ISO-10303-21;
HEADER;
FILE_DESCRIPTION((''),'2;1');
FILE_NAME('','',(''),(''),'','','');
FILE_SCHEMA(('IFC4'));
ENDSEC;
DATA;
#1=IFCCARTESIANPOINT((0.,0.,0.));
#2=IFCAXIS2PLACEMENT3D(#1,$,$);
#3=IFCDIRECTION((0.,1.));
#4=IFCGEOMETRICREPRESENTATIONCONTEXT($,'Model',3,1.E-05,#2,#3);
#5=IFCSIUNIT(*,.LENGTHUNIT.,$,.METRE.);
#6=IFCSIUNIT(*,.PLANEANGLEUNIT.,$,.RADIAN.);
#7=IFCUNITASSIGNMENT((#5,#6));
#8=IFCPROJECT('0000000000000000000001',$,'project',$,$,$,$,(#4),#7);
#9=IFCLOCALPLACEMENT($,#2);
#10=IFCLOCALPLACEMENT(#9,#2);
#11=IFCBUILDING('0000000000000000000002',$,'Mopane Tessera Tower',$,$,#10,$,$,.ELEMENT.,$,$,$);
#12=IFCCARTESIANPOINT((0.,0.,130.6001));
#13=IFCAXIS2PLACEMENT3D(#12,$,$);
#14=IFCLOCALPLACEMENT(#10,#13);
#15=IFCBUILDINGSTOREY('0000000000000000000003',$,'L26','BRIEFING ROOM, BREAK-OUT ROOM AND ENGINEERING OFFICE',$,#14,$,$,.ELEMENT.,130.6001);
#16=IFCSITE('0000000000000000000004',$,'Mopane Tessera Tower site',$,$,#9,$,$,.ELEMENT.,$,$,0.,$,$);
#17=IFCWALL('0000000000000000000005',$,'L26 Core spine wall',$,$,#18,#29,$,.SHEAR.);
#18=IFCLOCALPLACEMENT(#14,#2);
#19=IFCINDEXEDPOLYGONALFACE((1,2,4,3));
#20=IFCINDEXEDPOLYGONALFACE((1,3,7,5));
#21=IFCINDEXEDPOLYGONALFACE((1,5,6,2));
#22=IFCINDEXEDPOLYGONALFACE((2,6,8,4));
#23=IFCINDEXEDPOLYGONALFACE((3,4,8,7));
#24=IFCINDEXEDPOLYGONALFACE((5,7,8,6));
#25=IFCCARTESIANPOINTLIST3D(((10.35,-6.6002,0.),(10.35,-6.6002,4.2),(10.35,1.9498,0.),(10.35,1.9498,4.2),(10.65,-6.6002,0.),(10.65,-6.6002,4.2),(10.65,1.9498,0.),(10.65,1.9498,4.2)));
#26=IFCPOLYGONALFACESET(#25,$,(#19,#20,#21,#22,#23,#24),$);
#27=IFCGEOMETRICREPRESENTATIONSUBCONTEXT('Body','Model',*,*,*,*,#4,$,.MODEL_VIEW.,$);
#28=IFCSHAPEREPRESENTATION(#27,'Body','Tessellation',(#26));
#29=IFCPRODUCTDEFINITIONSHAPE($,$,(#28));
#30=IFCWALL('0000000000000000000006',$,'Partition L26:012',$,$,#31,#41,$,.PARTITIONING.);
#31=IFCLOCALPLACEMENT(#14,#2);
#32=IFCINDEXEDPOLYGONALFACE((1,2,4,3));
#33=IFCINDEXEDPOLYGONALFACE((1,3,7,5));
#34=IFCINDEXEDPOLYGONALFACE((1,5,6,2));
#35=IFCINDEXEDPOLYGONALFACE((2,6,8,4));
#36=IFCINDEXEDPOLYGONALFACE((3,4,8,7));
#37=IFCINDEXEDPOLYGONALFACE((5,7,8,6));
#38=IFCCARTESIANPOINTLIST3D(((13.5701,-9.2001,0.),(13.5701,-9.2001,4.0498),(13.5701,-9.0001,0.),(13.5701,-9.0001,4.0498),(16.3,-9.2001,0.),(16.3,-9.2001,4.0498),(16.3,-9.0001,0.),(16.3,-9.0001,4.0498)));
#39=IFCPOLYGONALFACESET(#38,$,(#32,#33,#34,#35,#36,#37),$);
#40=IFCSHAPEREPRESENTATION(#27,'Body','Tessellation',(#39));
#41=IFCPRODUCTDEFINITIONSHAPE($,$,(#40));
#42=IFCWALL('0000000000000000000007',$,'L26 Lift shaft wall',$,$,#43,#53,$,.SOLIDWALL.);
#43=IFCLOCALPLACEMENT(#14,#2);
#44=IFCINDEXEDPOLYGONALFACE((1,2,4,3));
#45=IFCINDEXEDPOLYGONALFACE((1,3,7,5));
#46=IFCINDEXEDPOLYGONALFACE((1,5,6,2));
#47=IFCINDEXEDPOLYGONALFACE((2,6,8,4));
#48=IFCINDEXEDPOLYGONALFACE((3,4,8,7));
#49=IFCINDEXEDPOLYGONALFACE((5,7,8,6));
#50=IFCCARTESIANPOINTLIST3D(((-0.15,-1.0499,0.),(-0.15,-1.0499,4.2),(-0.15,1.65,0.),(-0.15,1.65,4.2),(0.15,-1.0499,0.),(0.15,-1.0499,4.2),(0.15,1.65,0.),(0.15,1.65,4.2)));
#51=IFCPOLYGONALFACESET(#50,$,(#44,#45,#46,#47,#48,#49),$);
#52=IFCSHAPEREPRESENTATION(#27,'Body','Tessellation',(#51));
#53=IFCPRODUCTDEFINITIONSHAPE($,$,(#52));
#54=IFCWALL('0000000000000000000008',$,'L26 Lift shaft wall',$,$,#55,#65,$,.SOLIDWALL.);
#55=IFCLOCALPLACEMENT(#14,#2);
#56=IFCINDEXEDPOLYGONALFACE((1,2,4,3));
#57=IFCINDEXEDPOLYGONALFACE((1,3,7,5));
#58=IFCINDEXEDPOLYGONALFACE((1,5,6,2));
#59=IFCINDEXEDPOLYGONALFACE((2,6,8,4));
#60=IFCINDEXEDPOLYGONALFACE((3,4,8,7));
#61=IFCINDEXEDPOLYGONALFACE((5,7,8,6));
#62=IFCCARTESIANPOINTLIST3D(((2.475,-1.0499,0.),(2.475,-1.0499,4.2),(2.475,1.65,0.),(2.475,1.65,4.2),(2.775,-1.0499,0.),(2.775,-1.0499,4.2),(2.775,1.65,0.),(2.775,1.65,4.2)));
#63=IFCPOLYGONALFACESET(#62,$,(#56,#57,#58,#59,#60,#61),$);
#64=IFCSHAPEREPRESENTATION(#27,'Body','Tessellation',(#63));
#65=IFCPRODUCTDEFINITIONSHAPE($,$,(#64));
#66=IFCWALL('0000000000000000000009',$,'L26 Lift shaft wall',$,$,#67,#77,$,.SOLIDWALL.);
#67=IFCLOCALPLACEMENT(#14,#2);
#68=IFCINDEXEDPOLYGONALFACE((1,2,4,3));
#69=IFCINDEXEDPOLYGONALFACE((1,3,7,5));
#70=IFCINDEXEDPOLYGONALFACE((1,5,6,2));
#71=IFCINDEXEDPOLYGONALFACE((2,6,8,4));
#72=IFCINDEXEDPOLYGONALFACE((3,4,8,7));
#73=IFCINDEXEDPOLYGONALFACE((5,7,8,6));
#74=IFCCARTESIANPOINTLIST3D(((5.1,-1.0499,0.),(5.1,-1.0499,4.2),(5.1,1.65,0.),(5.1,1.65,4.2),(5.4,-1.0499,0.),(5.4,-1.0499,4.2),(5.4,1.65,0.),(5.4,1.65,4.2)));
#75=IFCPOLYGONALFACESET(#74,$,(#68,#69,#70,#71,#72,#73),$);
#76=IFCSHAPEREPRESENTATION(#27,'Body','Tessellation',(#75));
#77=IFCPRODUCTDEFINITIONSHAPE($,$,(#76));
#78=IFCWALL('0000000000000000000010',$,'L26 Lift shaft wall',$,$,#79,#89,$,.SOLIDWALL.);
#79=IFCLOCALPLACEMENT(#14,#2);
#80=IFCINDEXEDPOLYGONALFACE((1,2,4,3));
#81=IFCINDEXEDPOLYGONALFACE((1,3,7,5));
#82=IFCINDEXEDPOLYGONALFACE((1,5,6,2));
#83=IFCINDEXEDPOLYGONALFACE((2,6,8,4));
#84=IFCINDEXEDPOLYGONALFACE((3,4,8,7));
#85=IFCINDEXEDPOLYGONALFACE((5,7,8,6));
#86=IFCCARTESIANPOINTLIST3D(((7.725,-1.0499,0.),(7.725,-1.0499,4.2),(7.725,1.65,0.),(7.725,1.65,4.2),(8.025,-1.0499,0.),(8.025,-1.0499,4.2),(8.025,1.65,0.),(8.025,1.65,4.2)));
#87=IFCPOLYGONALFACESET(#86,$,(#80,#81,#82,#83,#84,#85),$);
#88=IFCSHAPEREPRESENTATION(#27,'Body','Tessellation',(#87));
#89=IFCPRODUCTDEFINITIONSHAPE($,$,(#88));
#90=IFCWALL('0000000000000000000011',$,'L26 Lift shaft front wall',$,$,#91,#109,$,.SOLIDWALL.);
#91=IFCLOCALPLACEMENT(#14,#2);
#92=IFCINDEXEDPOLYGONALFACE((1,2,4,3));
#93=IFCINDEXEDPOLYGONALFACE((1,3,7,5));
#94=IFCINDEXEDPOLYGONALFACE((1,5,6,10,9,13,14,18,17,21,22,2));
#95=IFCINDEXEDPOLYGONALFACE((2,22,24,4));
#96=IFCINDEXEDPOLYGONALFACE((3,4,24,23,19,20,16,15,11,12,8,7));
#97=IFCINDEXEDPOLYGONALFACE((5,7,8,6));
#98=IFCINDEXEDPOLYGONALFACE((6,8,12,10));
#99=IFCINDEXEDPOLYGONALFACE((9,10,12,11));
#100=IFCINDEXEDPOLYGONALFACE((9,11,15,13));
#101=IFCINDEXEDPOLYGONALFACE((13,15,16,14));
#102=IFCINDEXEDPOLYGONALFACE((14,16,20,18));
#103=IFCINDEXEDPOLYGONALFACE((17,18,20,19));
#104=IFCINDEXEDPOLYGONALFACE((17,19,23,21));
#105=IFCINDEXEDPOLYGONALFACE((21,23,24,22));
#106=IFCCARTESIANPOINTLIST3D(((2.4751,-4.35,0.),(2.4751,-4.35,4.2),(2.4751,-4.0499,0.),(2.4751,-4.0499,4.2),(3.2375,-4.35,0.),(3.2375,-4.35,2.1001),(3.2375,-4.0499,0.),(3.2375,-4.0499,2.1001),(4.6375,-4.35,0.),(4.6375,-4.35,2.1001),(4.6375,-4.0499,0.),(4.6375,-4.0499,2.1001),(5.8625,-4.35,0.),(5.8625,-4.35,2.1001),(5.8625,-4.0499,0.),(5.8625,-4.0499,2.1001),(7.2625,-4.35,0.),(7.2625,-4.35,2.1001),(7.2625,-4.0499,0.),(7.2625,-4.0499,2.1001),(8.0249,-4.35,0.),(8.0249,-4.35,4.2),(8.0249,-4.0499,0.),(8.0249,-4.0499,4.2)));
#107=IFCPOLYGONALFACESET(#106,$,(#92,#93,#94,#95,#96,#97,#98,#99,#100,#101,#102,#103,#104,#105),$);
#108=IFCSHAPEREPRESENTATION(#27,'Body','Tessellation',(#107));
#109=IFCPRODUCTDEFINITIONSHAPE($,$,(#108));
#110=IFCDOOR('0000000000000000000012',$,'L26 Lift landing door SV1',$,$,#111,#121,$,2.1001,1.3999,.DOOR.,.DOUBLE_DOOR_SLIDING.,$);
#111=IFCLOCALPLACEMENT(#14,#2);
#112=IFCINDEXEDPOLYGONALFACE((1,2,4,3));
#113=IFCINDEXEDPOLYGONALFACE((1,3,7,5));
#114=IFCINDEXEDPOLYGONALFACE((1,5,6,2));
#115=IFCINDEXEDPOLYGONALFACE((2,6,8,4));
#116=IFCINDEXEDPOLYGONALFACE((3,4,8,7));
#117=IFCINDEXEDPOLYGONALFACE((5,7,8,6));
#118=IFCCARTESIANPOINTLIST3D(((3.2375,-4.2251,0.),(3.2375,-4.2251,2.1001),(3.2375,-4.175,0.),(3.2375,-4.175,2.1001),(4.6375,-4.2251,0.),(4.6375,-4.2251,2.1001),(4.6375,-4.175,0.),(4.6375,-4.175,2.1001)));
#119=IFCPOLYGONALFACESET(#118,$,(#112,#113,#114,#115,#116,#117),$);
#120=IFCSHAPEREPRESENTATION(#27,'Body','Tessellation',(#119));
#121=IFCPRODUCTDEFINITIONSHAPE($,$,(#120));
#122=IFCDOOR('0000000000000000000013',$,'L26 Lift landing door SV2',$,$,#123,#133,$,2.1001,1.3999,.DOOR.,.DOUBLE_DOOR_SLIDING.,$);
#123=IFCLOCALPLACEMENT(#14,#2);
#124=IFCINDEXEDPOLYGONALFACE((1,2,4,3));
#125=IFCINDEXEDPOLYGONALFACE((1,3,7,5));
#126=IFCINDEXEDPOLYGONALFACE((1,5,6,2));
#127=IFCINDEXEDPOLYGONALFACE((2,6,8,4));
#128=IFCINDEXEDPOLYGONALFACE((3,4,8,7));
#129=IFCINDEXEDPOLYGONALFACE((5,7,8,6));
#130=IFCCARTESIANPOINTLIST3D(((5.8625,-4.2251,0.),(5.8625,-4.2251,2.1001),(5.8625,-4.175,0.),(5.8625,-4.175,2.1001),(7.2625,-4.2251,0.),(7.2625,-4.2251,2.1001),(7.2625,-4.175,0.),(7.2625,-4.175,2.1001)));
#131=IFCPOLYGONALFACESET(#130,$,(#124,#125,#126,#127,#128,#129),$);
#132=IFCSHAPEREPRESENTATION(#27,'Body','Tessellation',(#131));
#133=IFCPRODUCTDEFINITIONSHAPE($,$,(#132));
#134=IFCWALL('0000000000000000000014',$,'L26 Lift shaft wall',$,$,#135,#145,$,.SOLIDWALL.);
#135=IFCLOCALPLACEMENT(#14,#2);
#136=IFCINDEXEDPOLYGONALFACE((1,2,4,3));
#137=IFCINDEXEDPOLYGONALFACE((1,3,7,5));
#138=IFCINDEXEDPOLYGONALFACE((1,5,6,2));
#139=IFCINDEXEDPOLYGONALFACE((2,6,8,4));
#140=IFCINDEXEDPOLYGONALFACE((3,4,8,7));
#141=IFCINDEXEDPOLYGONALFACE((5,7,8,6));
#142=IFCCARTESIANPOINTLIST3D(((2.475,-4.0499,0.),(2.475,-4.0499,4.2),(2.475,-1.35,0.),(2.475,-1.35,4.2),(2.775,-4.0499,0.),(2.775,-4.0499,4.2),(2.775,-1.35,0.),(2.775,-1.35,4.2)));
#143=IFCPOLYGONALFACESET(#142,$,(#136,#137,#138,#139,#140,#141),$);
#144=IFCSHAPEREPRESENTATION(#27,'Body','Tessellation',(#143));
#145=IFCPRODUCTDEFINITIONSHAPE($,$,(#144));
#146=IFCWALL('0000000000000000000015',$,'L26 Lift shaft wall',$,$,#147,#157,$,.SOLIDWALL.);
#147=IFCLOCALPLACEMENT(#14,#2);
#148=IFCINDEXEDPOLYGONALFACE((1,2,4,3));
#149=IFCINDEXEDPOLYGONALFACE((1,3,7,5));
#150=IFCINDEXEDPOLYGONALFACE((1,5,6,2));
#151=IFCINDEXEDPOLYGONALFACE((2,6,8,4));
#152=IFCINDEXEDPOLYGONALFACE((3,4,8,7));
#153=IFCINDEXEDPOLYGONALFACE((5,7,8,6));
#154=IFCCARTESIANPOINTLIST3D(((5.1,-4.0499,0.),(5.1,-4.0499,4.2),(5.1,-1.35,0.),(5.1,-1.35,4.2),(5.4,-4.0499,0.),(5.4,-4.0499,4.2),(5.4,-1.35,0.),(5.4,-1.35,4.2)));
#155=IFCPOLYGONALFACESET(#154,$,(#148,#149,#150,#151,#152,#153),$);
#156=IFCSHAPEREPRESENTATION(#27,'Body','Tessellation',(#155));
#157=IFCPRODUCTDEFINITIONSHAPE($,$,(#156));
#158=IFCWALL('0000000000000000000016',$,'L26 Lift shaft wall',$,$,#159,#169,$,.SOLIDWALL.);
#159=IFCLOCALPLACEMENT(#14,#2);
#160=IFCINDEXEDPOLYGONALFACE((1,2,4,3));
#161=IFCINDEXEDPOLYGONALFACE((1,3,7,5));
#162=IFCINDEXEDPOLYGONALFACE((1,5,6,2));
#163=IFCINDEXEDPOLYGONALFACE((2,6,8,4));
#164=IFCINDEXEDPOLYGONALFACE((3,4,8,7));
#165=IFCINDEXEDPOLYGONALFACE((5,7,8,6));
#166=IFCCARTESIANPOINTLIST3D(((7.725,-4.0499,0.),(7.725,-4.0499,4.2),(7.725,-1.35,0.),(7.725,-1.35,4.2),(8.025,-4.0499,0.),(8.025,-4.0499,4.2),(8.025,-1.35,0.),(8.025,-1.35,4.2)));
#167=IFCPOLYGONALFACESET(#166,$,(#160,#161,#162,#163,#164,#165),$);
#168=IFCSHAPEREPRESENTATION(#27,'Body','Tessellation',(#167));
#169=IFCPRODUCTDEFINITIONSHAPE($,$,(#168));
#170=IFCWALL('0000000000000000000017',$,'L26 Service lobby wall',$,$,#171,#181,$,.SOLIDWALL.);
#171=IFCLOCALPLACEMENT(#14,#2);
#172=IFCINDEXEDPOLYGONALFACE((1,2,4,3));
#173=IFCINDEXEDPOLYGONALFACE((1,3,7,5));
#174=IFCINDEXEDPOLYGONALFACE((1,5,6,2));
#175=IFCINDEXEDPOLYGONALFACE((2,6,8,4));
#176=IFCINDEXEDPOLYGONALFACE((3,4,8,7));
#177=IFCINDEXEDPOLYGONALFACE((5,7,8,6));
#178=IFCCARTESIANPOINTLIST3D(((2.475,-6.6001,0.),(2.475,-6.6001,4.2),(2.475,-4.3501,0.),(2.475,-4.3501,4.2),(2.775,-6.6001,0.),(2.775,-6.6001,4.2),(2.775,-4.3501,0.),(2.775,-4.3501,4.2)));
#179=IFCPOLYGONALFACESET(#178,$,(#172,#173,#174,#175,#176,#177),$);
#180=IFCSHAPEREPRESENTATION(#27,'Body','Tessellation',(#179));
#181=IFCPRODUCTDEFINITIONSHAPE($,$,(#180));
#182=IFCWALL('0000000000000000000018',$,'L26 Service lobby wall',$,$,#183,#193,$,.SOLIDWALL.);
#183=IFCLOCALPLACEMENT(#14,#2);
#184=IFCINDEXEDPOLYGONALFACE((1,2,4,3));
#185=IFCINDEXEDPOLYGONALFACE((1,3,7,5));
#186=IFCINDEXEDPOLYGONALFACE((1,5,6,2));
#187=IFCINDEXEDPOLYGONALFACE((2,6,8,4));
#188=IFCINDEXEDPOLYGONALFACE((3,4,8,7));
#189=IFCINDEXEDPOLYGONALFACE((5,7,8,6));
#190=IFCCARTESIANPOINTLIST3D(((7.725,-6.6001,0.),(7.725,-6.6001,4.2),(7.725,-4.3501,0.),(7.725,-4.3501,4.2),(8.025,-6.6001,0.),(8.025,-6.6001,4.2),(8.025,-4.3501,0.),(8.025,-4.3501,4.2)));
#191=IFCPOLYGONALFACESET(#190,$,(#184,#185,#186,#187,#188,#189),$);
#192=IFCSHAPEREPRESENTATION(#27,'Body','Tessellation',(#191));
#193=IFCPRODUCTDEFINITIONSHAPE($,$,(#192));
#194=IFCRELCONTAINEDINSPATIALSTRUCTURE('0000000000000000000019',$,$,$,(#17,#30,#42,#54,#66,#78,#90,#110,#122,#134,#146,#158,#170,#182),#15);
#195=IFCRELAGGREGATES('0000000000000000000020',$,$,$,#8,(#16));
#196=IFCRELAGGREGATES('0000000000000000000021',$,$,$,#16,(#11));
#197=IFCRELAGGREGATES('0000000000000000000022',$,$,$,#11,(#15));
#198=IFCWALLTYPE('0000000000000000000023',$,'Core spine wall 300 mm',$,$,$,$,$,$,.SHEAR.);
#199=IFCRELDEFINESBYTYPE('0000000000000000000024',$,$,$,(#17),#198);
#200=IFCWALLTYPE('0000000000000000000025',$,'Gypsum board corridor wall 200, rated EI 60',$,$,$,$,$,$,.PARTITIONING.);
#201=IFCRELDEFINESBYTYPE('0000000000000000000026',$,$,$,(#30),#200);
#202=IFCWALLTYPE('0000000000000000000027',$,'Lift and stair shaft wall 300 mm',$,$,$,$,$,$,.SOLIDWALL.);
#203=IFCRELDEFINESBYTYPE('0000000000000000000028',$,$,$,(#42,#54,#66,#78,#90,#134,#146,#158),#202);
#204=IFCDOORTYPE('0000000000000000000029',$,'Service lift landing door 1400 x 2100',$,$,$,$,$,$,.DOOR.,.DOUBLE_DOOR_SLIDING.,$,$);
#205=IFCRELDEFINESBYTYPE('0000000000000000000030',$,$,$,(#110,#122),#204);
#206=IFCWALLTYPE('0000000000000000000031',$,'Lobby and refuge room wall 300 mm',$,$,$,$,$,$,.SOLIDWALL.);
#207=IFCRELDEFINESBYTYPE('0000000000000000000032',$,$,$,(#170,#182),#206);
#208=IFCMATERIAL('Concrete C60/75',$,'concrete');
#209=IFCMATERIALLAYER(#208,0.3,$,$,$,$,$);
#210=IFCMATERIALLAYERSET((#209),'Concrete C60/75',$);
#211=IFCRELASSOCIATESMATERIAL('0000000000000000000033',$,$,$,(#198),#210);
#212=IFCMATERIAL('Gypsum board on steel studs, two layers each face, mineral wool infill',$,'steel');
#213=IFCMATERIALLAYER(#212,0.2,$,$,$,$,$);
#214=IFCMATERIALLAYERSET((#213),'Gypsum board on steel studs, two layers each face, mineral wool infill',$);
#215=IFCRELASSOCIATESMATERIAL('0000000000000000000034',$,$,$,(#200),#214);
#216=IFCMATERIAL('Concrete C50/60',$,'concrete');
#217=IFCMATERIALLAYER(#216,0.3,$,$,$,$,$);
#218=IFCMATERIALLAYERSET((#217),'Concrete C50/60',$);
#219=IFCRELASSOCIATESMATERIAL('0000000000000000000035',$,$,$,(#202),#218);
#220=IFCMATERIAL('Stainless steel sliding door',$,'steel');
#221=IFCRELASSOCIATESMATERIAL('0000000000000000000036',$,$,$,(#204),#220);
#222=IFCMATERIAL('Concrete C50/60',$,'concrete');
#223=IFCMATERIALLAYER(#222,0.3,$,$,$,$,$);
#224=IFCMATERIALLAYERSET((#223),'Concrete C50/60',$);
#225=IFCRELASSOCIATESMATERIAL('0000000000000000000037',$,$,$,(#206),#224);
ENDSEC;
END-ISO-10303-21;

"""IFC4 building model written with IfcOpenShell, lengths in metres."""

from ifc_helpers import new_model, si_unit, direction, frame, frame_2d, origin, place, context, subcontext, project, spatial, rectangle, extrude, material, layer, layer_set, type_object, element, fill, save


model = new_model("IFC4")

# Units and contexts
model_context = context("Model", 3, precision=1e-05, world=origin(), true_north=direction((0.0, 1.0)))
body_context = subcontext(model_context, "Body", "Model", "MODEL_VIEW")
ifc_project = project(units=[si_unit("LENGTHUNIT", "METRE"), si_unit("PLANEANGLEUNIT", "RADIAN")], contexts=[model_context])

# Site, building, storey
site_placement = place(None, origin())
site = spatial("IfcSite", under=ifc_project, at=site_placement, Name="Mopane Tessera Tower site", CompositionType="ELEMENT", RefElevation=0.0)
building_placement = place(site_placement, origin())
building = spatial("IfcBuilding", under=site, at=building_placement, Name="Mopane Tessera Tower", CompositionType="ELEMENT")
storey_placement = place(building_placement, frame((0.0, 0.0, 130.6001)))
storey = spatial("IfcBuildingStorey", under=building, at=storey_placement, Name="L26", Description="BRIEFING ROOM, BREAK-OUT ROOM AND ENGINEERING OFFICE", CompositionType="ELEMENT", Elevation=130.6001)

# Walls
ifc_material_1 = material(Name="Concrete C60/75", Category="concrete")
ifc_layer_1 = layer(ifc_material_1, 0.3)
ifc_layer_set_1 = layer_set([ifc_layer_1], Name="Concrete C60/75")
wall_type_1 = type_object("IfcWallType", Name="Core spine wall 300 mm", PredefinedType="SHEAR", material=ifc_layer_set_1)
wall_1_placement = place(storey_placement, frame((10.5, -6.6001, 0.0), z_axis=(0.0, 0.0, 1.0), x_axis=(0.0, 1.0, 0.0)))
element("IfcWall", 1, at=wall_1_placement, inside=storey, type_object=wall_type_1, Name="L26 Core spine wall", PredefinedType="SHEAR", context=body_context, shape_type="SweptSolid", body=[
    extrude(rectangle(XDim=8.55, YDim=0.3, at=frame_2d((4.2749, 0.0))), origin(), (0.0, 0.0, 1.0), 4.2),
])
ifc_material_2 = material(Name="Gypsum board on steel studs, two layers each face, mineral wool infill", Category="steel")
ifc_layer_2 = layer(ifc_material_2, 0.2)
ifc_layer_set_2 = layer_set([ifc_layer_2], Name="Gypsum board on steel studs, two layers each face, mineral wool infill")
wall_type_2 = type_object("IfcWallType", Name="Gypsum board corridor wall 200, rated EI 60", PredefinedType="PARTITIONING", material=ifc_layer_set_2)
wall_2_placement = place(storey_placement, frame((13.5701, -9.1001, 0.0), z_axis=(0.0, 0.0, 1.0), x_axis=(1.0, 0.0, 0.0)))
element("IfcWall", 2, at=wall_2_placement, inside=storey, type_object=wall_type_2, Name="Partition L26:012", PredefinedType="PARTITIONING", context=body_context, shape_type="SweptSolid", body=[
    extrude(rectangle(XDim=2.73, YDim=0.2, at=frame_2d((1.365, 0.0))), origin(), (0.0, 0.0, 1.0), 4.0498),
])
ifc_material_3 = material(Name="Concrete C50/60", Category="concrete")
ifc_layer_3 = layer(ifc_material_3, 0.3)
ifc_layer_set_3 = layer_set([ifc_layer_3], Name="Concrete C50/60")
wall_type_3 = type_object("IfcWallType", Name="Lift and stair shaft wall 300 mm", PredefinedType="SOLIDWALL", material=ifc_layer_set_3)
for number, where, z_axis, x_axis, name in (
    (3, (0.0, -1.05, 0.0), (0.0, 0.0, 1.0), (0.0, 1.0, 0.0), "L26 Lift shaft wall"),
    (4, (2.625, -1.05, 0.0), (0.0, 0.0, 1.0), (0.0, 1.0, 0.0), "L26 Lift shaft wall"),
    (5, (5.25, -1.05, 0.0), (0.0, 0.0, 1.0), (0.0, 1.0, 0.0), "L26 Lift shaft wall"),
    (6, (7.875, -1.05, 0.0), (0.0, 0.0, 1.0), (0.0, 1.0, 0.0), "L26 Lift shaft wall"),
):
    element("IfcWall", number, at=place(storey_placement, frame(where, z_axis=z_axis, x_axis=x_axis)), inside=storey, type_object=wall_type_3, Name=name, PredefinedType="SOLIDWALL", context=body_context, shape_type="SweptSolid", body=[
        extrude(rectangle(XDim=2.7, YDim=0.3, at=frame_2d((1.3501, 0.0))), origin(), (0.0, 0.0, 1.0), 4.2),
    ])

# Wall, openings, doors
wall_3_placement = place(storey_placement, frame((2.4751, -4.2, 0.0), z_axis=(0.0, 0.0, 1.0), x_axis=(1.0, 0.0, 0.0)))
wall_3 = element("IfcWall", 7, at=wall_3_placement, inside=storey, type_object=wall_type_3, Name="L26 Lift shaft front wall", PredefinedType="SOLIDWALL", context=body_context, shape_type="SweptSolid", body=[
    extrude(rectangle(XDim=5.5498, YDim=0.3, at=frame_2d((2.7749, 0.0))), origin(), (0.0, 0.0, 1.0), 4.2),
])
opening_1_placement = place(wall_3_placement, frame((0.7625, 0.0, 0.0)))
opening_1 = element("IfcOpeningElement", 8, at=opening_1_placement, cuts=wall_3, PredefinedType="OPENING", context=body_context, shape_type="SweptSolid", body=[
    extrude(rectangle(XDim=1.3999, YDim=2.1001, at=frame_2d((0.7, 1.05))), frame((0.0, 0.1621, 0.0), z_axis=(0.0, -1.0, 0.0), x_axis=(1.0, 0.0, 0.0)), (0.0, 0.0, 1.0), 0.324),
])
opening_2_placement = place(wall_3_placement, frame((3.3875, 0.0, 0.0)))
opening_2 = element("IfcOpeningElement", 9, at=opening_2_placement, cuts=wall_3, PredefinedType="OPENING", context=body_context, shape_type="SweptSolid", body=[
    extrude(rectangle(XDim=1.3999, YDim=2.1001, at=frame_2d((0.7, 1.05))), frame((0.0, 0.1621, 0.0), z_axis=(0.0, -1.0, 0.0), x_axis=(1.0, 0.0, 0.0)), (0.0, 0.0, 1.0), 0.324),
])
ifc_material_4 = material(Name="Stainless steel sliding door", Category="steel")
door_type = type_object("IfcDoorType", Name="Service lift landing door 1400 x 2100", OperationType="DOUBLE_DOOR_SLIDING", PredefinedType="DOOR", material=ifc_material_4)
door_1_placement = place(opening_1_placement, origin())
door_1 = element("IfcDoor", 10, at=door_1_placement, inside=storey, type_object=door_type, Name="L26 Lift landing door SV1", OperationType="DOUBLE_DOOR_SLIDING", OverallHeight=2.1001, OverallWidth=1.3999, PredefinedType="DOOR", context=body_context, shape_type="SweptSolid", body=[
    extrude(rectangle(XDim=1.3999, YDim=2.1001, at=frame_2d((0.7, 1.05))), frame((0.0, 0.0249, 0.0), z_axis=(0.0, -1.0, 0.0), x_axis=(1.0, 0.0, 0.0)), (0.0, 0.0, 1.0), 0.05),
])
fill(opening_1, door_1)
door_2_placement = place(opening_2_placement, origin())
door_2 = element("IfcDoor", 11, at=door_2_placement, inside=storey, type_object=door_type, Name="L26 Lift landing door SV2", OperationType="DOUBLE_DOOR_SLIDING", OverallHeight=2.1001, OverallWidth=1.3999, PredefinedType="DOOR", context=body_context, shape_type="SweptSolid", body=[
    extrude(rectangle(XDim=1.3999, YDim=2.1001, at=frame_2d((0.7, 1.05))), frame((0.0, 0.0249, 0.0), z_axis=(0.0, -1.0, 0.0), x_axis=(1.0, 0.0, 0.0)), (0.0, 0.0, 1.0), 0.05),
])
fill(opening_2, door_2)

# Walls
for number, where, z_axis, x_axis, name in (
    (12, (2.625, -4.05, 0.0), (0.0, 0.0, 1.0), (0.0, 1.0, 0.0), "L26 Lift shaft wall"),
    (13, (5.25, -4.05, 0.0), (0.0, 0.0, 1.0), (0.0, 1.0, 0.0), "L26 Lift shaft wall"),
    (14, (7.875, -4.05, 0.0), (0.0, 0.0, 1.0), (0.0, 1.0, 0.0), "L26 Lift shaft wall"),
):
    element("IfcWall", number, at=place(storey_placement, frame(where, z_axis=z_axis, x_axis=x_axis)), inside=storey, type_object=wall_type_3, Name=name, PredefinedType="SOLIDWALL", context=body_context, shape_type="SweptSolid", body=[
        extrude(rectangle(XDim=2.7, YDim=0.3, at=frame_2d((1.3501, 0.0))), origin(), (0.0, 0.0, 1.0), 4.2),
    ])
ifc_material_5 = material(Name="Concrete C50/60", Category="concrete")
ifc_layer_4 = layer(ifc_material_5, 0.3)
ifc_layer_set_4 = layer_set([ifc_layer_4], Name="Concrete C50/60")
wall_type_4 = type_object("IfcWallType", Name="Lobby and refuge room wall 300 mm", PredefinedType="SOLIDWALL", material=ifc_layer_set_4)
for number, where, z_axis, x_axis, name in (
    (15, (2.625, -6.6001, 0.0), (0.0, 0.0, 1.0), (0.0, 1.0, 0.0), "L26 Service lobby wall"),
    (16, (7.875, -6.6001, 0.0), (0.0, 0.0, 1.0), (0.0, 1.0, 0.0), "L26 Service lobby wall"),
):
    element("IfcWall", number, at=place(storey_placement, frame(where, z_axis=z_axis, x_axis=x_axis)), inside=storey, type_object=wall_type_4, Name=name, PredefinedType="SOLIDWALL", context=body_context, shape_type="SweptSolid", body=[
        extrude(rectangle(XDim=2.25, YDim=0.3, at=frame_2d((1.125, 0.0))), origin(), (0.0, 0.0, 1.0), 4.2),
    ])

save(model, "model.ifc")
